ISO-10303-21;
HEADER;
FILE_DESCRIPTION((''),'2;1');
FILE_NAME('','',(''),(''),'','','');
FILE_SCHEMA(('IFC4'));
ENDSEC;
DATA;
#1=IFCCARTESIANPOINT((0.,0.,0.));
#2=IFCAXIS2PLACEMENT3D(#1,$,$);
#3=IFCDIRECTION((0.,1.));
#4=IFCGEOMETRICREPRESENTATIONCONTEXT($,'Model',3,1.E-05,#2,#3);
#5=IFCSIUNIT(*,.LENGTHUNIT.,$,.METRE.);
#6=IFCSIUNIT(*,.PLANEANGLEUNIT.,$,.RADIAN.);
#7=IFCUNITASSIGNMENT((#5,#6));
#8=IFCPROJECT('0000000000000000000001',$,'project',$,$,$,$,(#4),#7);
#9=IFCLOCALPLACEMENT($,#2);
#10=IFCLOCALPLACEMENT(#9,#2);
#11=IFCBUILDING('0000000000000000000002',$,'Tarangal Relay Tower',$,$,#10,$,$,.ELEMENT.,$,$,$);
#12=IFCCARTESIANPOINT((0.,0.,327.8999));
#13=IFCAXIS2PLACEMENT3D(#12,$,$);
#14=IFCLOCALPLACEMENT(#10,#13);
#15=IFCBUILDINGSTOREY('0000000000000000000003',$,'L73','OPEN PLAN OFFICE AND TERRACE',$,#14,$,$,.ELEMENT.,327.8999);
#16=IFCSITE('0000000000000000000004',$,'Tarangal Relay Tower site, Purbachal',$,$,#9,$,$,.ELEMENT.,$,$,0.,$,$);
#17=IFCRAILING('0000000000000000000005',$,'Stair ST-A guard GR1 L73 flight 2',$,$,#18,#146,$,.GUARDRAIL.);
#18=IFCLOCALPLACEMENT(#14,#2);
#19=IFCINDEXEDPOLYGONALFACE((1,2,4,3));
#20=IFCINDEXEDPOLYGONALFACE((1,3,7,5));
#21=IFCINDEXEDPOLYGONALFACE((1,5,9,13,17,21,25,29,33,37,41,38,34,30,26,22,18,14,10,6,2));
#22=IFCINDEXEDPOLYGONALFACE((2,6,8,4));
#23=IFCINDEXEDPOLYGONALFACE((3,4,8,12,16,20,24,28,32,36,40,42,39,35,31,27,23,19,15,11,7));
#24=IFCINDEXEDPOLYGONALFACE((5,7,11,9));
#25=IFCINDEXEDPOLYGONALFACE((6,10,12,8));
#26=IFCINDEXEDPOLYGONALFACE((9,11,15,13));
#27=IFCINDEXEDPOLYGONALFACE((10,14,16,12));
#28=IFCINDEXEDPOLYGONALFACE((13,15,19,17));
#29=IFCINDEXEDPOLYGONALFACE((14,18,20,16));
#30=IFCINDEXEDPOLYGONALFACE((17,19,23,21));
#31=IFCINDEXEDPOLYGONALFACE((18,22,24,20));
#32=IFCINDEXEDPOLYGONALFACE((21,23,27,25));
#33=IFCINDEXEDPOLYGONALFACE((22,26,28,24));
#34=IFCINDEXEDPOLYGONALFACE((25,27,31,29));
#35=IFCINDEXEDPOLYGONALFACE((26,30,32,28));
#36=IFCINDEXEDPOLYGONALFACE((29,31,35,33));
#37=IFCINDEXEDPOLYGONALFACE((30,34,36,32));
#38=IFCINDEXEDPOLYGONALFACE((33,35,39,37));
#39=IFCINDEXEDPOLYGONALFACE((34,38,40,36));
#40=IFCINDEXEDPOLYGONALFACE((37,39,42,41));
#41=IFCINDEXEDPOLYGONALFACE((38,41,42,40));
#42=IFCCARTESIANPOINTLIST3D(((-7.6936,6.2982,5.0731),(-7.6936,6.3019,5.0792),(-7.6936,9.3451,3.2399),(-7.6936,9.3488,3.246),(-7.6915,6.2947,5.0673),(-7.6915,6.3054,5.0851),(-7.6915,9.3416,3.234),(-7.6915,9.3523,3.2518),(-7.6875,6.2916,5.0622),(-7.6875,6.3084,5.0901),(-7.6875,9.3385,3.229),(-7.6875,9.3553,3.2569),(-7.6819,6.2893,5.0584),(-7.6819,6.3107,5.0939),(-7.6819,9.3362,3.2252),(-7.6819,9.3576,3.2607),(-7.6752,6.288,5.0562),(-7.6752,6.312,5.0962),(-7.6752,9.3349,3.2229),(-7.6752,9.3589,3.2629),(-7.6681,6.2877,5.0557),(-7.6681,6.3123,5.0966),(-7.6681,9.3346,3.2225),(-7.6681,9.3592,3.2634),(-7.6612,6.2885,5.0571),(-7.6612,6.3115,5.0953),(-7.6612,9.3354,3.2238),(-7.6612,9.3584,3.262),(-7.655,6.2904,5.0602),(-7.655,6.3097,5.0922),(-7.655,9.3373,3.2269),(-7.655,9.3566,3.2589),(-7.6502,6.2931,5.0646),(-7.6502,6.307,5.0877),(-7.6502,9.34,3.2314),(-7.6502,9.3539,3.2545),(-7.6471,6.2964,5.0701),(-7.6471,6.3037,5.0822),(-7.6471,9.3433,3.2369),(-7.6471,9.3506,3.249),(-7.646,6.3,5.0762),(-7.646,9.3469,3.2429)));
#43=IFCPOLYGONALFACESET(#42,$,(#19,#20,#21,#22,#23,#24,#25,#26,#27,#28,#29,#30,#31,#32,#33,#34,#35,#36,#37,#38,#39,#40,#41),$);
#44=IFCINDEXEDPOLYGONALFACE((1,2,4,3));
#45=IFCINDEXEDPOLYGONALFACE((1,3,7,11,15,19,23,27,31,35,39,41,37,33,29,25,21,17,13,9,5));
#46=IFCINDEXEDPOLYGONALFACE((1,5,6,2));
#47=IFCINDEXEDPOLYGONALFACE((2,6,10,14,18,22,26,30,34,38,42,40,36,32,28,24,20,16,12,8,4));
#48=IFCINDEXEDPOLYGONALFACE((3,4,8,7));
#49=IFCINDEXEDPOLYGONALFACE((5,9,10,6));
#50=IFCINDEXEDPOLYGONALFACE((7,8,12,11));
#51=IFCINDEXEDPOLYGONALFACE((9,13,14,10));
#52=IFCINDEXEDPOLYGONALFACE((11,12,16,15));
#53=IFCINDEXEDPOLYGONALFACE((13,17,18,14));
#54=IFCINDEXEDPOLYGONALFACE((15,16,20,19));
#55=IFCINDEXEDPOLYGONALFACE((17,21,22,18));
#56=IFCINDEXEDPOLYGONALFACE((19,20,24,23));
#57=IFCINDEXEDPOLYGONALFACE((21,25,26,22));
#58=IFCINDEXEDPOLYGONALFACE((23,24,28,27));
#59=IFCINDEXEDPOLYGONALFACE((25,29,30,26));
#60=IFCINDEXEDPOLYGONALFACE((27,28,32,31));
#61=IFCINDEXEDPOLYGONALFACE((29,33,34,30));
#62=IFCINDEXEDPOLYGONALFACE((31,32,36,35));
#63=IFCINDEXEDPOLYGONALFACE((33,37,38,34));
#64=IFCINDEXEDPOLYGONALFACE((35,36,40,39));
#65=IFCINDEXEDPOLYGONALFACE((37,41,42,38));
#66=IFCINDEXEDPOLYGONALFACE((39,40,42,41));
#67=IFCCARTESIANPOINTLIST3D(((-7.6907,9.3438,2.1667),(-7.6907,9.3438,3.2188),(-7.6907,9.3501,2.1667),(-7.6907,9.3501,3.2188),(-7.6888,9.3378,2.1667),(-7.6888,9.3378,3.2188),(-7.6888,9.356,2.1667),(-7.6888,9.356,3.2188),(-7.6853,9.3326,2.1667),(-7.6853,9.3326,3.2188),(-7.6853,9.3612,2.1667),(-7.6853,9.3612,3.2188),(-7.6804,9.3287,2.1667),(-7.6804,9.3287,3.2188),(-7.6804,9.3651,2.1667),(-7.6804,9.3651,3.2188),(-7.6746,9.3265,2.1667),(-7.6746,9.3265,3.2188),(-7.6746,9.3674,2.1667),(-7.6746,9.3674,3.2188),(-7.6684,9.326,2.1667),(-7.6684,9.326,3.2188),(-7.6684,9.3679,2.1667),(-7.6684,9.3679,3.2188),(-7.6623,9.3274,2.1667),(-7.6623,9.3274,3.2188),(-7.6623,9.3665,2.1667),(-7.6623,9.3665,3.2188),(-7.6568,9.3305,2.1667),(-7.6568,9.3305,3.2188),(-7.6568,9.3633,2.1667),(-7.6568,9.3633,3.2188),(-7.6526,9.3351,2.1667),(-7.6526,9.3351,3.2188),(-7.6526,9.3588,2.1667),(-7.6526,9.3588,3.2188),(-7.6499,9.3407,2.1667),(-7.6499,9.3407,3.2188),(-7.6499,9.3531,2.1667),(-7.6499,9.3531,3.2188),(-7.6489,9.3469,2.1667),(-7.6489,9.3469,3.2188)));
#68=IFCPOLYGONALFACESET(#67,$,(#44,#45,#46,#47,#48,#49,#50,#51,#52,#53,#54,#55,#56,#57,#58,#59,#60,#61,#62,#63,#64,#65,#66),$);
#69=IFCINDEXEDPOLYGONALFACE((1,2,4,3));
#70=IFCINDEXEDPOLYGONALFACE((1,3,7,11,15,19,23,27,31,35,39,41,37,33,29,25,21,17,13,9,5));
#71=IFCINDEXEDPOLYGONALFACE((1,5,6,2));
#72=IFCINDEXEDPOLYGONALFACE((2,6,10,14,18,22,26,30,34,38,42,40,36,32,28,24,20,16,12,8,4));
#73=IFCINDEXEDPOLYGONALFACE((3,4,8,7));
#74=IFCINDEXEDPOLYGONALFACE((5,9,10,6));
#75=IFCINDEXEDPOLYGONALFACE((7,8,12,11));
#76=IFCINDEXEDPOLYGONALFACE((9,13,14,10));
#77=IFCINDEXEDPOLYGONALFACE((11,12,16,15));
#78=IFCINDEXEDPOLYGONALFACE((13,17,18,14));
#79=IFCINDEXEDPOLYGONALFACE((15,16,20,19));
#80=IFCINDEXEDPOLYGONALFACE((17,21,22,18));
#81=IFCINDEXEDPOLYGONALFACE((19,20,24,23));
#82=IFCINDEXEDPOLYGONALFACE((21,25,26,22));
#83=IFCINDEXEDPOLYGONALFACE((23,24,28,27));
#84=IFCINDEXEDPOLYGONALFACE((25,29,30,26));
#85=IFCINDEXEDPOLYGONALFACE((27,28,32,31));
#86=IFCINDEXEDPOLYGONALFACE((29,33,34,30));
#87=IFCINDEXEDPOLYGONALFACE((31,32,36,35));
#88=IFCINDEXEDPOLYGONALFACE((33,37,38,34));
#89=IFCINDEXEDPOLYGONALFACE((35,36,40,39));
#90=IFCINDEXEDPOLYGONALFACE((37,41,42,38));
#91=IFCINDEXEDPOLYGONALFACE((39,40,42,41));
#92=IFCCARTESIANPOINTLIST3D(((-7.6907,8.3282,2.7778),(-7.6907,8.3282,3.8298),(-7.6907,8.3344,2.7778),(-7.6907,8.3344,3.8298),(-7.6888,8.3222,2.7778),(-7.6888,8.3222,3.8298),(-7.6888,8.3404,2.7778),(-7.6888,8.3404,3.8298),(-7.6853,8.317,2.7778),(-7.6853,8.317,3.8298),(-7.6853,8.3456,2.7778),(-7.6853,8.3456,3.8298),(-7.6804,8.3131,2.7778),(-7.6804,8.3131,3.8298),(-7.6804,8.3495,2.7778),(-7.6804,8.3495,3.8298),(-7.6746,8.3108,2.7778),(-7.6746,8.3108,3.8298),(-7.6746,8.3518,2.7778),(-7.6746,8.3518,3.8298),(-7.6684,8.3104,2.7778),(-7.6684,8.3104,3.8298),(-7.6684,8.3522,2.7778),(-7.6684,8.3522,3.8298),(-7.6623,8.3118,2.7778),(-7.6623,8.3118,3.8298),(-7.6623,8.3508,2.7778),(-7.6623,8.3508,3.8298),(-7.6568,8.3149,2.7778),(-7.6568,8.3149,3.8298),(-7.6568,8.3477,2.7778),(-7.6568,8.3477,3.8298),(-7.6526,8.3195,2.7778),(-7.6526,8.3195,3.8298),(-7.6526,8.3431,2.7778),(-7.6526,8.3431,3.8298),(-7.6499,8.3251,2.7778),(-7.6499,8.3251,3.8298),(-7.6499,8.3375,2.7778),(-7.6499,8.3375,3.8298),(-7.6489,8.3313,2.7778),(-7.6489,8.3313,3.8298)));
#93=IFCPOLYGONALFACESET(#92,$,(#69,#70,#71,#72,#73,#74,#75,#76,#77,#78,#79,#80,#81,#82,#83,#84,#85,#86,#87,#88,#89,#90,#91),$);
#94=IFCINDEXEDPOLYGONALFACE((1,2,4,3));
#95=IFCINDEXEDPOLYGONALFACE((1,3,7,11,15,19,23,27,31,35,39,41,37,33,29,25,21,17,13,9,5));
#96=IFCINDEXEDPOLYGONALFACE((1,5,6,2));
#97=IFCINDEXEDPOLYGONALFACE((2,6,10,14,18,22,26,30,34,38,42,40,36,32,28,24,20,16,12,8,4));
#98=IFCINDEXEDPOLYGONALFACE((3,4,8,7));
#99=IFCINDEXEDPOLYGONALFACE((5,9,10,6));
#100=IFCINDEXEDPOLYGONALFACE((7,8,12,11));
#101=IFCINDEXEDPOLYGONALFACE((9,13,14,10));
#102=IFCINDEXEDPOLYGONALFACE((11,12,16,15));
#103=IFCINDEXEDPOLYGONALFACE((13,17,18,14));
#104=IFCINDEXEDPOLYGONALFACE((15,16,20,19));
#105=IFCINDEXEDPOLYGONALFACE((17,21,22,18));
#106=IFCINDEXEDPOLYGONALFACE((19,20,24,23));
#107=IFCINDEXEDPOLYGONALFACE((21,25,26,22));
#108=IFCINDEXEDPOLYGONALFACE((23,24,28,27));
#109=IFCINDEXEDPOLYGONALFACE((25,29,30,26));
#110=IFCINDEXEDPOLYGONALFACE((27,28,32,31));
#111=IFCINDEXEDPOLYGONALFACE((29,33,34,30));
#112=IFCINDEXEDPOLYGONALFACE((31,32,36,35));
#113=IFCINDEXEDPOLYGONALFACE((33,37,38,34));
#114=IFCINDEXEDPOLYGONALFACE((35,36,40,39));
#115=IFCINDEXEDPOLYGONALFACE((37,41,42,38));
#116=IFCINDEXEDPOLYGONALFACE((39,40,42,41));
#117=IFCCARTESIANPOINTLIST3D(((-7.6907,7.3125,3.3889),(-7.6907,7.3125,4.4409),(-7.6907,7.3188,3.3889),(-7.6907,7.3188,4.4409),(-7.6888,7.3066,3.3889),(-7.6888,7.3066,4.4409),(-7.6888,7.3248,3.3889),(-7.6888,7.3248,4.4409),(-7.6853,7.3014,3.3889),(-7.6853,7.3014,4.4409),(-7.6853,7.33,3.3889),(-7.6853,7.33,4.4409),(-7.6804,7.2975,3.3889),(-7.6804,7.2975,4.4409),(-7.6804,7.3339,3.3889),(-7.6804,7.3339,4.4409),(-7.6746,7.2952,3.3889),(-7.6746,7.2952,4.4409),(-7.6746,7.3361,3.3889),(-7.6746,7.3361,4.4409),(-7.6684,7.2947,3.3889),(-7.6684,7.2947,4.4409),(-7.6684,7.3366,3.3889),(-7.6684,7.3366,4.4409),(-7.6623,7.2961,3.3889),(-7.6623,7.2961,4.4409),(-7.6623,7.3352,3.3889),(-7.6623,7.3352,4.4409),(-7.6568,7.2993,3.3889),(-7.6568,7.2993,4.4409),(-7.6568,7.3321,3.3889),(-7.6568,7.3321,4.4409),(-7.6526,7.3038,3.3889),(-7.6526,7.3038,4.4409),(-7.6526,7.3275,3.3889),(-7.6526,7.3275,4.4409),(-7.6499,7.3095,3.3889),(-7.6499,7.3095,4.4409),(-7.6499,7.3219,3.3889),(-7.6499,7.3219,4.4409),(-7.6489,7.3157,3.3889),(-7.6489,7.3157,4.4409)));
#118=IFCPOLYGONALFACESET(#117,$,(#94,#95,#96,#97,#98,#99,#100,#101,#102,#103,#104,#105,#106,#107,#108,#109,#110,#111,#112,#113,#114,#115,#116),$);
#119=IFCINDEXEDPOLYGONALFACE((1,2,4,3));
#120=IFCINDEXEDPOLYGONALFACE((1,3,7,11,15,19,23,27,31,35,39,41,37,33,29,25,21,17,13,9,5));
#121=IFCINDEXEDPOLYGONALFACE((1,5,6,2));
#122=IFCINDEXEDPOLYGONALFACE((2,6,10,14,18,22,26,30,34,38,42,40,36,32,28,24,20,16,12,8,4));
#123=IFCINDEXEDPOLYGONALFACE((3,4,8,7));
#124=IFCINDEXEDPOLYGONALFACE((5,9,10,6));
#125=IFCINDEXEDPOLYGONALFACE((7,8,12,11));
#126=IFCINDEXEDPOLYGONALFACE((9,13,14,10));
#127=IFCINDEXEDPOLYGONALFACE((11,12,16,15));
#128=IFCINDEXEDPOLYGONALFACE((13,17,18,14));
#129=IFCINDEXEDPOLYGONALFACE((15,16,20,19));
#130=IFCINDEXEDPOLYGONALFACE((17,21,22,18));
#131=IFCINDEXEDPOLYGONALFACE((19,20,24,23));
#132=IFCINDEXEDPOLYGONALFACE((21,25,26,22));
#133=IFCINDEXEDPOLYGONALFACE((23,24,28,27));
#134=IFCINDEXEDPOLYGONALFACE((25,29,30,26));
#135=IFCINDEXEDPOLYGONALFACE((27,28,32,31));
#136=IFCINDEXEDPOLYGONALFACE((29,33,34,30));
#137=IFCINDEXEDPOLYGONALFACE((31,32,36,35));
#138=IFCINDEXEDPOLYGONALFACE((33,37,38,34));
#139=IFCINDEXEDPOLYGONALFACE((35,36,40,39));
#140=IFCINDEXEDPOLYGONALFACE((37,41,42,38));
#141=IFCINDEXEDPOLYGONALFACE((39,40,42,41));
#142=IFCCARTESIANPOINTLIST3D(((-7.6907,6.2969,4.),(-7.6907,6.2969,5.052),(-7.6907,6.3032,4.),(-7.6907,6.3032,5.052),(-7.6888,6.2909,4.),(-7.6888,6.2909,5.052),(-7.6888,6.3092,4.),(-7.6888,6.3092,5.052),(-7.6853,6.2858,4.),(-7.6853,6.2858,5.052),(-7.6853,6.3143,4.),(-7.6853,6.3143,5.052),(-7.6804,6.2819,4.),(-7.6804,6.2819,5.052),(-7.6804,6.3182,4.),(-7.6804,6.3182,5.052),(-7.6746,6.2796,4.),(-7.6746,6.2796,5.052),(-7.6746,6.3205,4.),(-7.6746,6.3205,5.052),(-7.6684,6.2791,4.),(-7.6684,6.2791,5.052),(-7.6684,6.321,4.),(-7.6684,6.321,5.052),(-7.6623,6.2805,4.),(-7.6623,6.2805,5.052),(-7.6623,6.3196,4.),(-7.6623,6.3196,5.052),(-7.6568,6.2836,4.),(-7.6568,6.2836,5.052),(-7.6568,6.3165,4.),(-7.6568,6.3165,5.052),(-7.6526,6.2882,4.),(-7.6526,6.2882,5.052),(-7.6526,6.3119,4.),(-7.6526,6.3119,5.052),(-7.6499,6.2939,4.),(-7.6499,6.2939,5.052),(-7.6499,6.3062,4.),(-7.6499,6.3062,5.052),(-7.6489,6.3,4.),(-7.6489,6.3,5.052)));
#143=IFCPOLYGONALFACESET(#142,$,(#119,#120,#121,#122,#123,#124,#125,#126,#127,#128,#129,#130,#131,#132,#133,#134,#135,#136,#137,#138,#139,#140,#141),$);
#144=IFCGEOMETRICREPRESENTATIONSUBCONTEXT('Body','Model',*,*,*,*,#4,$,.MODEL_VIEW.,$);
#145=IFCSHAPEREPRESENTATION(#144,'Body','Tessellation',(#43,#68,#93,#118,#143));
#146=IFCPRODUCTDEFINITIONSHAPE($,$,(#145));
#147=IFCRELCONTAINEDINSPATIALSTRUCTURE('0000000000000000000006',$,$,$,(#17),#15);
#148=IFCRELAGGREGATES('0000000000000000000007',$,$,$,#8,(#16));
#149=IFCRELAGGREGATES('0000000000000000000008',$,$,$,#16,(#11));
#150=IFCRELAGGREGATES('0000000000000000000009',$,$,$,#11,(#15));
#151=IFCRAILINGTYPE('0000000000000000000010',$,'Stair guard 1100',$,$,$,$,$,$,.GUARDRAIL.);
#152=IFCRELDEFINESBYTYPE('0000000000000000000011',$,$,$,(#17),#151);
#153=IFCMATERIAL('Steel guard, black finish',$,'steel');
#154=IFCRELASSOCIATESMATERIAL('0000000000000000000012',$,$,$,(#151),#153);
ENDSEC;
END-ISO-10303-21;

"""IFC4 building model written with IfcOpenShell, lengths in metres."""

from ifc_helpers import new_model, si_unit, direction, frame, origin, origin_2d, place, context, subcontext, project, spatial, circle, extrude, material, type_object, element, save


model = new_model("IFC4")

# Units and contexts
model_context = context("Model", 3, precision=1e-05, world=origin(), true_north=direction((0.0, 1.0)))
body_context = subcontext(model_context, "Body", "Model", "MODEL_VIEW")
ifc_project = project(units=[si_unit("LENGTHUNIT", "METRE"), si_unit("PLANEANGLEUNIT", "RADIAN")], contexts=[model_context])

# Site, building, storey
site_placement = place(None, origin())
site = spatial("IfcSite", under=ifc_project, at=site_placement, Name="Tarangal Relay Tower site, Purbachal", CompositionType="ELEMENT", RefElevation=0.0)
building_placement = place(site_placement, origin())
building = spatial("IfcBuilding", under=site, at=building_placement, Name="Tarangal Relay Tower", CompositionType="ELEMENT")
storey_placement = place(building_placement, frame((0.0, 0.0, 327.8999)))
storey = spatial("IfcBuildingStorey", under=building, at=storey_placement, Name="L73", Description="OPEN PLAN OFFICE AND TERRACE", CompositionType="ELEMENT", Elevation=327.8999)

# Railing
ifc_material_1 = material(Name="Steel guard, black finish", Category="steel")
railing_type_1 = type_object("IfcRailingType", Name="Stair guard 1100", PredefinedType="GUARDRAIL", material=ifc_material_1)
railing_1_placement = place(storey_placement, frame((-7.6699, 9.3469, 2.1667)))
element("IfcRailing", 1, at=railing_1_placement, inside=storey, type_object=railing_type_1, Name="Stair ST-A guard GR1 L73 flight 2", PredefinedType="GUARDRAIL", context=body_context, shape_type="SweptSolid", body=[
    extrude(circle(Radius=0.0239, at=origin_2d()), frame((0.0, 0.0, 1.0762), z_axis=(0.0, -0.856856, 0.515556), x_axis=(1.0, 0.0, 0.0)), (0.0, 0.0, 1.0), 3.5559),
    extrude(circle(Radius=0.021, at=origin_2d()), origin(), (0.0, 0.0, 1.0), 1.052),
    extrude(circle(Radius=0.021, at=origin_2d()), frame((0.0, -1.0156, 0.6111)), (0.0, 0.0, 1.0), 1.052),
    extrude(circle(Radius=0.021, at=origin_2d()), frame((0.0, -2.0312, 1.2222)), (0.0, 0.0, 1.0), 1.052),
    extrude(circle(Radius=0.021, at=origin_2d()), frame((0.0, -3.0469, 1.8333)), (0.0, 0.0, 1.0), 1.052),
])

save(model, "model.ifc")
